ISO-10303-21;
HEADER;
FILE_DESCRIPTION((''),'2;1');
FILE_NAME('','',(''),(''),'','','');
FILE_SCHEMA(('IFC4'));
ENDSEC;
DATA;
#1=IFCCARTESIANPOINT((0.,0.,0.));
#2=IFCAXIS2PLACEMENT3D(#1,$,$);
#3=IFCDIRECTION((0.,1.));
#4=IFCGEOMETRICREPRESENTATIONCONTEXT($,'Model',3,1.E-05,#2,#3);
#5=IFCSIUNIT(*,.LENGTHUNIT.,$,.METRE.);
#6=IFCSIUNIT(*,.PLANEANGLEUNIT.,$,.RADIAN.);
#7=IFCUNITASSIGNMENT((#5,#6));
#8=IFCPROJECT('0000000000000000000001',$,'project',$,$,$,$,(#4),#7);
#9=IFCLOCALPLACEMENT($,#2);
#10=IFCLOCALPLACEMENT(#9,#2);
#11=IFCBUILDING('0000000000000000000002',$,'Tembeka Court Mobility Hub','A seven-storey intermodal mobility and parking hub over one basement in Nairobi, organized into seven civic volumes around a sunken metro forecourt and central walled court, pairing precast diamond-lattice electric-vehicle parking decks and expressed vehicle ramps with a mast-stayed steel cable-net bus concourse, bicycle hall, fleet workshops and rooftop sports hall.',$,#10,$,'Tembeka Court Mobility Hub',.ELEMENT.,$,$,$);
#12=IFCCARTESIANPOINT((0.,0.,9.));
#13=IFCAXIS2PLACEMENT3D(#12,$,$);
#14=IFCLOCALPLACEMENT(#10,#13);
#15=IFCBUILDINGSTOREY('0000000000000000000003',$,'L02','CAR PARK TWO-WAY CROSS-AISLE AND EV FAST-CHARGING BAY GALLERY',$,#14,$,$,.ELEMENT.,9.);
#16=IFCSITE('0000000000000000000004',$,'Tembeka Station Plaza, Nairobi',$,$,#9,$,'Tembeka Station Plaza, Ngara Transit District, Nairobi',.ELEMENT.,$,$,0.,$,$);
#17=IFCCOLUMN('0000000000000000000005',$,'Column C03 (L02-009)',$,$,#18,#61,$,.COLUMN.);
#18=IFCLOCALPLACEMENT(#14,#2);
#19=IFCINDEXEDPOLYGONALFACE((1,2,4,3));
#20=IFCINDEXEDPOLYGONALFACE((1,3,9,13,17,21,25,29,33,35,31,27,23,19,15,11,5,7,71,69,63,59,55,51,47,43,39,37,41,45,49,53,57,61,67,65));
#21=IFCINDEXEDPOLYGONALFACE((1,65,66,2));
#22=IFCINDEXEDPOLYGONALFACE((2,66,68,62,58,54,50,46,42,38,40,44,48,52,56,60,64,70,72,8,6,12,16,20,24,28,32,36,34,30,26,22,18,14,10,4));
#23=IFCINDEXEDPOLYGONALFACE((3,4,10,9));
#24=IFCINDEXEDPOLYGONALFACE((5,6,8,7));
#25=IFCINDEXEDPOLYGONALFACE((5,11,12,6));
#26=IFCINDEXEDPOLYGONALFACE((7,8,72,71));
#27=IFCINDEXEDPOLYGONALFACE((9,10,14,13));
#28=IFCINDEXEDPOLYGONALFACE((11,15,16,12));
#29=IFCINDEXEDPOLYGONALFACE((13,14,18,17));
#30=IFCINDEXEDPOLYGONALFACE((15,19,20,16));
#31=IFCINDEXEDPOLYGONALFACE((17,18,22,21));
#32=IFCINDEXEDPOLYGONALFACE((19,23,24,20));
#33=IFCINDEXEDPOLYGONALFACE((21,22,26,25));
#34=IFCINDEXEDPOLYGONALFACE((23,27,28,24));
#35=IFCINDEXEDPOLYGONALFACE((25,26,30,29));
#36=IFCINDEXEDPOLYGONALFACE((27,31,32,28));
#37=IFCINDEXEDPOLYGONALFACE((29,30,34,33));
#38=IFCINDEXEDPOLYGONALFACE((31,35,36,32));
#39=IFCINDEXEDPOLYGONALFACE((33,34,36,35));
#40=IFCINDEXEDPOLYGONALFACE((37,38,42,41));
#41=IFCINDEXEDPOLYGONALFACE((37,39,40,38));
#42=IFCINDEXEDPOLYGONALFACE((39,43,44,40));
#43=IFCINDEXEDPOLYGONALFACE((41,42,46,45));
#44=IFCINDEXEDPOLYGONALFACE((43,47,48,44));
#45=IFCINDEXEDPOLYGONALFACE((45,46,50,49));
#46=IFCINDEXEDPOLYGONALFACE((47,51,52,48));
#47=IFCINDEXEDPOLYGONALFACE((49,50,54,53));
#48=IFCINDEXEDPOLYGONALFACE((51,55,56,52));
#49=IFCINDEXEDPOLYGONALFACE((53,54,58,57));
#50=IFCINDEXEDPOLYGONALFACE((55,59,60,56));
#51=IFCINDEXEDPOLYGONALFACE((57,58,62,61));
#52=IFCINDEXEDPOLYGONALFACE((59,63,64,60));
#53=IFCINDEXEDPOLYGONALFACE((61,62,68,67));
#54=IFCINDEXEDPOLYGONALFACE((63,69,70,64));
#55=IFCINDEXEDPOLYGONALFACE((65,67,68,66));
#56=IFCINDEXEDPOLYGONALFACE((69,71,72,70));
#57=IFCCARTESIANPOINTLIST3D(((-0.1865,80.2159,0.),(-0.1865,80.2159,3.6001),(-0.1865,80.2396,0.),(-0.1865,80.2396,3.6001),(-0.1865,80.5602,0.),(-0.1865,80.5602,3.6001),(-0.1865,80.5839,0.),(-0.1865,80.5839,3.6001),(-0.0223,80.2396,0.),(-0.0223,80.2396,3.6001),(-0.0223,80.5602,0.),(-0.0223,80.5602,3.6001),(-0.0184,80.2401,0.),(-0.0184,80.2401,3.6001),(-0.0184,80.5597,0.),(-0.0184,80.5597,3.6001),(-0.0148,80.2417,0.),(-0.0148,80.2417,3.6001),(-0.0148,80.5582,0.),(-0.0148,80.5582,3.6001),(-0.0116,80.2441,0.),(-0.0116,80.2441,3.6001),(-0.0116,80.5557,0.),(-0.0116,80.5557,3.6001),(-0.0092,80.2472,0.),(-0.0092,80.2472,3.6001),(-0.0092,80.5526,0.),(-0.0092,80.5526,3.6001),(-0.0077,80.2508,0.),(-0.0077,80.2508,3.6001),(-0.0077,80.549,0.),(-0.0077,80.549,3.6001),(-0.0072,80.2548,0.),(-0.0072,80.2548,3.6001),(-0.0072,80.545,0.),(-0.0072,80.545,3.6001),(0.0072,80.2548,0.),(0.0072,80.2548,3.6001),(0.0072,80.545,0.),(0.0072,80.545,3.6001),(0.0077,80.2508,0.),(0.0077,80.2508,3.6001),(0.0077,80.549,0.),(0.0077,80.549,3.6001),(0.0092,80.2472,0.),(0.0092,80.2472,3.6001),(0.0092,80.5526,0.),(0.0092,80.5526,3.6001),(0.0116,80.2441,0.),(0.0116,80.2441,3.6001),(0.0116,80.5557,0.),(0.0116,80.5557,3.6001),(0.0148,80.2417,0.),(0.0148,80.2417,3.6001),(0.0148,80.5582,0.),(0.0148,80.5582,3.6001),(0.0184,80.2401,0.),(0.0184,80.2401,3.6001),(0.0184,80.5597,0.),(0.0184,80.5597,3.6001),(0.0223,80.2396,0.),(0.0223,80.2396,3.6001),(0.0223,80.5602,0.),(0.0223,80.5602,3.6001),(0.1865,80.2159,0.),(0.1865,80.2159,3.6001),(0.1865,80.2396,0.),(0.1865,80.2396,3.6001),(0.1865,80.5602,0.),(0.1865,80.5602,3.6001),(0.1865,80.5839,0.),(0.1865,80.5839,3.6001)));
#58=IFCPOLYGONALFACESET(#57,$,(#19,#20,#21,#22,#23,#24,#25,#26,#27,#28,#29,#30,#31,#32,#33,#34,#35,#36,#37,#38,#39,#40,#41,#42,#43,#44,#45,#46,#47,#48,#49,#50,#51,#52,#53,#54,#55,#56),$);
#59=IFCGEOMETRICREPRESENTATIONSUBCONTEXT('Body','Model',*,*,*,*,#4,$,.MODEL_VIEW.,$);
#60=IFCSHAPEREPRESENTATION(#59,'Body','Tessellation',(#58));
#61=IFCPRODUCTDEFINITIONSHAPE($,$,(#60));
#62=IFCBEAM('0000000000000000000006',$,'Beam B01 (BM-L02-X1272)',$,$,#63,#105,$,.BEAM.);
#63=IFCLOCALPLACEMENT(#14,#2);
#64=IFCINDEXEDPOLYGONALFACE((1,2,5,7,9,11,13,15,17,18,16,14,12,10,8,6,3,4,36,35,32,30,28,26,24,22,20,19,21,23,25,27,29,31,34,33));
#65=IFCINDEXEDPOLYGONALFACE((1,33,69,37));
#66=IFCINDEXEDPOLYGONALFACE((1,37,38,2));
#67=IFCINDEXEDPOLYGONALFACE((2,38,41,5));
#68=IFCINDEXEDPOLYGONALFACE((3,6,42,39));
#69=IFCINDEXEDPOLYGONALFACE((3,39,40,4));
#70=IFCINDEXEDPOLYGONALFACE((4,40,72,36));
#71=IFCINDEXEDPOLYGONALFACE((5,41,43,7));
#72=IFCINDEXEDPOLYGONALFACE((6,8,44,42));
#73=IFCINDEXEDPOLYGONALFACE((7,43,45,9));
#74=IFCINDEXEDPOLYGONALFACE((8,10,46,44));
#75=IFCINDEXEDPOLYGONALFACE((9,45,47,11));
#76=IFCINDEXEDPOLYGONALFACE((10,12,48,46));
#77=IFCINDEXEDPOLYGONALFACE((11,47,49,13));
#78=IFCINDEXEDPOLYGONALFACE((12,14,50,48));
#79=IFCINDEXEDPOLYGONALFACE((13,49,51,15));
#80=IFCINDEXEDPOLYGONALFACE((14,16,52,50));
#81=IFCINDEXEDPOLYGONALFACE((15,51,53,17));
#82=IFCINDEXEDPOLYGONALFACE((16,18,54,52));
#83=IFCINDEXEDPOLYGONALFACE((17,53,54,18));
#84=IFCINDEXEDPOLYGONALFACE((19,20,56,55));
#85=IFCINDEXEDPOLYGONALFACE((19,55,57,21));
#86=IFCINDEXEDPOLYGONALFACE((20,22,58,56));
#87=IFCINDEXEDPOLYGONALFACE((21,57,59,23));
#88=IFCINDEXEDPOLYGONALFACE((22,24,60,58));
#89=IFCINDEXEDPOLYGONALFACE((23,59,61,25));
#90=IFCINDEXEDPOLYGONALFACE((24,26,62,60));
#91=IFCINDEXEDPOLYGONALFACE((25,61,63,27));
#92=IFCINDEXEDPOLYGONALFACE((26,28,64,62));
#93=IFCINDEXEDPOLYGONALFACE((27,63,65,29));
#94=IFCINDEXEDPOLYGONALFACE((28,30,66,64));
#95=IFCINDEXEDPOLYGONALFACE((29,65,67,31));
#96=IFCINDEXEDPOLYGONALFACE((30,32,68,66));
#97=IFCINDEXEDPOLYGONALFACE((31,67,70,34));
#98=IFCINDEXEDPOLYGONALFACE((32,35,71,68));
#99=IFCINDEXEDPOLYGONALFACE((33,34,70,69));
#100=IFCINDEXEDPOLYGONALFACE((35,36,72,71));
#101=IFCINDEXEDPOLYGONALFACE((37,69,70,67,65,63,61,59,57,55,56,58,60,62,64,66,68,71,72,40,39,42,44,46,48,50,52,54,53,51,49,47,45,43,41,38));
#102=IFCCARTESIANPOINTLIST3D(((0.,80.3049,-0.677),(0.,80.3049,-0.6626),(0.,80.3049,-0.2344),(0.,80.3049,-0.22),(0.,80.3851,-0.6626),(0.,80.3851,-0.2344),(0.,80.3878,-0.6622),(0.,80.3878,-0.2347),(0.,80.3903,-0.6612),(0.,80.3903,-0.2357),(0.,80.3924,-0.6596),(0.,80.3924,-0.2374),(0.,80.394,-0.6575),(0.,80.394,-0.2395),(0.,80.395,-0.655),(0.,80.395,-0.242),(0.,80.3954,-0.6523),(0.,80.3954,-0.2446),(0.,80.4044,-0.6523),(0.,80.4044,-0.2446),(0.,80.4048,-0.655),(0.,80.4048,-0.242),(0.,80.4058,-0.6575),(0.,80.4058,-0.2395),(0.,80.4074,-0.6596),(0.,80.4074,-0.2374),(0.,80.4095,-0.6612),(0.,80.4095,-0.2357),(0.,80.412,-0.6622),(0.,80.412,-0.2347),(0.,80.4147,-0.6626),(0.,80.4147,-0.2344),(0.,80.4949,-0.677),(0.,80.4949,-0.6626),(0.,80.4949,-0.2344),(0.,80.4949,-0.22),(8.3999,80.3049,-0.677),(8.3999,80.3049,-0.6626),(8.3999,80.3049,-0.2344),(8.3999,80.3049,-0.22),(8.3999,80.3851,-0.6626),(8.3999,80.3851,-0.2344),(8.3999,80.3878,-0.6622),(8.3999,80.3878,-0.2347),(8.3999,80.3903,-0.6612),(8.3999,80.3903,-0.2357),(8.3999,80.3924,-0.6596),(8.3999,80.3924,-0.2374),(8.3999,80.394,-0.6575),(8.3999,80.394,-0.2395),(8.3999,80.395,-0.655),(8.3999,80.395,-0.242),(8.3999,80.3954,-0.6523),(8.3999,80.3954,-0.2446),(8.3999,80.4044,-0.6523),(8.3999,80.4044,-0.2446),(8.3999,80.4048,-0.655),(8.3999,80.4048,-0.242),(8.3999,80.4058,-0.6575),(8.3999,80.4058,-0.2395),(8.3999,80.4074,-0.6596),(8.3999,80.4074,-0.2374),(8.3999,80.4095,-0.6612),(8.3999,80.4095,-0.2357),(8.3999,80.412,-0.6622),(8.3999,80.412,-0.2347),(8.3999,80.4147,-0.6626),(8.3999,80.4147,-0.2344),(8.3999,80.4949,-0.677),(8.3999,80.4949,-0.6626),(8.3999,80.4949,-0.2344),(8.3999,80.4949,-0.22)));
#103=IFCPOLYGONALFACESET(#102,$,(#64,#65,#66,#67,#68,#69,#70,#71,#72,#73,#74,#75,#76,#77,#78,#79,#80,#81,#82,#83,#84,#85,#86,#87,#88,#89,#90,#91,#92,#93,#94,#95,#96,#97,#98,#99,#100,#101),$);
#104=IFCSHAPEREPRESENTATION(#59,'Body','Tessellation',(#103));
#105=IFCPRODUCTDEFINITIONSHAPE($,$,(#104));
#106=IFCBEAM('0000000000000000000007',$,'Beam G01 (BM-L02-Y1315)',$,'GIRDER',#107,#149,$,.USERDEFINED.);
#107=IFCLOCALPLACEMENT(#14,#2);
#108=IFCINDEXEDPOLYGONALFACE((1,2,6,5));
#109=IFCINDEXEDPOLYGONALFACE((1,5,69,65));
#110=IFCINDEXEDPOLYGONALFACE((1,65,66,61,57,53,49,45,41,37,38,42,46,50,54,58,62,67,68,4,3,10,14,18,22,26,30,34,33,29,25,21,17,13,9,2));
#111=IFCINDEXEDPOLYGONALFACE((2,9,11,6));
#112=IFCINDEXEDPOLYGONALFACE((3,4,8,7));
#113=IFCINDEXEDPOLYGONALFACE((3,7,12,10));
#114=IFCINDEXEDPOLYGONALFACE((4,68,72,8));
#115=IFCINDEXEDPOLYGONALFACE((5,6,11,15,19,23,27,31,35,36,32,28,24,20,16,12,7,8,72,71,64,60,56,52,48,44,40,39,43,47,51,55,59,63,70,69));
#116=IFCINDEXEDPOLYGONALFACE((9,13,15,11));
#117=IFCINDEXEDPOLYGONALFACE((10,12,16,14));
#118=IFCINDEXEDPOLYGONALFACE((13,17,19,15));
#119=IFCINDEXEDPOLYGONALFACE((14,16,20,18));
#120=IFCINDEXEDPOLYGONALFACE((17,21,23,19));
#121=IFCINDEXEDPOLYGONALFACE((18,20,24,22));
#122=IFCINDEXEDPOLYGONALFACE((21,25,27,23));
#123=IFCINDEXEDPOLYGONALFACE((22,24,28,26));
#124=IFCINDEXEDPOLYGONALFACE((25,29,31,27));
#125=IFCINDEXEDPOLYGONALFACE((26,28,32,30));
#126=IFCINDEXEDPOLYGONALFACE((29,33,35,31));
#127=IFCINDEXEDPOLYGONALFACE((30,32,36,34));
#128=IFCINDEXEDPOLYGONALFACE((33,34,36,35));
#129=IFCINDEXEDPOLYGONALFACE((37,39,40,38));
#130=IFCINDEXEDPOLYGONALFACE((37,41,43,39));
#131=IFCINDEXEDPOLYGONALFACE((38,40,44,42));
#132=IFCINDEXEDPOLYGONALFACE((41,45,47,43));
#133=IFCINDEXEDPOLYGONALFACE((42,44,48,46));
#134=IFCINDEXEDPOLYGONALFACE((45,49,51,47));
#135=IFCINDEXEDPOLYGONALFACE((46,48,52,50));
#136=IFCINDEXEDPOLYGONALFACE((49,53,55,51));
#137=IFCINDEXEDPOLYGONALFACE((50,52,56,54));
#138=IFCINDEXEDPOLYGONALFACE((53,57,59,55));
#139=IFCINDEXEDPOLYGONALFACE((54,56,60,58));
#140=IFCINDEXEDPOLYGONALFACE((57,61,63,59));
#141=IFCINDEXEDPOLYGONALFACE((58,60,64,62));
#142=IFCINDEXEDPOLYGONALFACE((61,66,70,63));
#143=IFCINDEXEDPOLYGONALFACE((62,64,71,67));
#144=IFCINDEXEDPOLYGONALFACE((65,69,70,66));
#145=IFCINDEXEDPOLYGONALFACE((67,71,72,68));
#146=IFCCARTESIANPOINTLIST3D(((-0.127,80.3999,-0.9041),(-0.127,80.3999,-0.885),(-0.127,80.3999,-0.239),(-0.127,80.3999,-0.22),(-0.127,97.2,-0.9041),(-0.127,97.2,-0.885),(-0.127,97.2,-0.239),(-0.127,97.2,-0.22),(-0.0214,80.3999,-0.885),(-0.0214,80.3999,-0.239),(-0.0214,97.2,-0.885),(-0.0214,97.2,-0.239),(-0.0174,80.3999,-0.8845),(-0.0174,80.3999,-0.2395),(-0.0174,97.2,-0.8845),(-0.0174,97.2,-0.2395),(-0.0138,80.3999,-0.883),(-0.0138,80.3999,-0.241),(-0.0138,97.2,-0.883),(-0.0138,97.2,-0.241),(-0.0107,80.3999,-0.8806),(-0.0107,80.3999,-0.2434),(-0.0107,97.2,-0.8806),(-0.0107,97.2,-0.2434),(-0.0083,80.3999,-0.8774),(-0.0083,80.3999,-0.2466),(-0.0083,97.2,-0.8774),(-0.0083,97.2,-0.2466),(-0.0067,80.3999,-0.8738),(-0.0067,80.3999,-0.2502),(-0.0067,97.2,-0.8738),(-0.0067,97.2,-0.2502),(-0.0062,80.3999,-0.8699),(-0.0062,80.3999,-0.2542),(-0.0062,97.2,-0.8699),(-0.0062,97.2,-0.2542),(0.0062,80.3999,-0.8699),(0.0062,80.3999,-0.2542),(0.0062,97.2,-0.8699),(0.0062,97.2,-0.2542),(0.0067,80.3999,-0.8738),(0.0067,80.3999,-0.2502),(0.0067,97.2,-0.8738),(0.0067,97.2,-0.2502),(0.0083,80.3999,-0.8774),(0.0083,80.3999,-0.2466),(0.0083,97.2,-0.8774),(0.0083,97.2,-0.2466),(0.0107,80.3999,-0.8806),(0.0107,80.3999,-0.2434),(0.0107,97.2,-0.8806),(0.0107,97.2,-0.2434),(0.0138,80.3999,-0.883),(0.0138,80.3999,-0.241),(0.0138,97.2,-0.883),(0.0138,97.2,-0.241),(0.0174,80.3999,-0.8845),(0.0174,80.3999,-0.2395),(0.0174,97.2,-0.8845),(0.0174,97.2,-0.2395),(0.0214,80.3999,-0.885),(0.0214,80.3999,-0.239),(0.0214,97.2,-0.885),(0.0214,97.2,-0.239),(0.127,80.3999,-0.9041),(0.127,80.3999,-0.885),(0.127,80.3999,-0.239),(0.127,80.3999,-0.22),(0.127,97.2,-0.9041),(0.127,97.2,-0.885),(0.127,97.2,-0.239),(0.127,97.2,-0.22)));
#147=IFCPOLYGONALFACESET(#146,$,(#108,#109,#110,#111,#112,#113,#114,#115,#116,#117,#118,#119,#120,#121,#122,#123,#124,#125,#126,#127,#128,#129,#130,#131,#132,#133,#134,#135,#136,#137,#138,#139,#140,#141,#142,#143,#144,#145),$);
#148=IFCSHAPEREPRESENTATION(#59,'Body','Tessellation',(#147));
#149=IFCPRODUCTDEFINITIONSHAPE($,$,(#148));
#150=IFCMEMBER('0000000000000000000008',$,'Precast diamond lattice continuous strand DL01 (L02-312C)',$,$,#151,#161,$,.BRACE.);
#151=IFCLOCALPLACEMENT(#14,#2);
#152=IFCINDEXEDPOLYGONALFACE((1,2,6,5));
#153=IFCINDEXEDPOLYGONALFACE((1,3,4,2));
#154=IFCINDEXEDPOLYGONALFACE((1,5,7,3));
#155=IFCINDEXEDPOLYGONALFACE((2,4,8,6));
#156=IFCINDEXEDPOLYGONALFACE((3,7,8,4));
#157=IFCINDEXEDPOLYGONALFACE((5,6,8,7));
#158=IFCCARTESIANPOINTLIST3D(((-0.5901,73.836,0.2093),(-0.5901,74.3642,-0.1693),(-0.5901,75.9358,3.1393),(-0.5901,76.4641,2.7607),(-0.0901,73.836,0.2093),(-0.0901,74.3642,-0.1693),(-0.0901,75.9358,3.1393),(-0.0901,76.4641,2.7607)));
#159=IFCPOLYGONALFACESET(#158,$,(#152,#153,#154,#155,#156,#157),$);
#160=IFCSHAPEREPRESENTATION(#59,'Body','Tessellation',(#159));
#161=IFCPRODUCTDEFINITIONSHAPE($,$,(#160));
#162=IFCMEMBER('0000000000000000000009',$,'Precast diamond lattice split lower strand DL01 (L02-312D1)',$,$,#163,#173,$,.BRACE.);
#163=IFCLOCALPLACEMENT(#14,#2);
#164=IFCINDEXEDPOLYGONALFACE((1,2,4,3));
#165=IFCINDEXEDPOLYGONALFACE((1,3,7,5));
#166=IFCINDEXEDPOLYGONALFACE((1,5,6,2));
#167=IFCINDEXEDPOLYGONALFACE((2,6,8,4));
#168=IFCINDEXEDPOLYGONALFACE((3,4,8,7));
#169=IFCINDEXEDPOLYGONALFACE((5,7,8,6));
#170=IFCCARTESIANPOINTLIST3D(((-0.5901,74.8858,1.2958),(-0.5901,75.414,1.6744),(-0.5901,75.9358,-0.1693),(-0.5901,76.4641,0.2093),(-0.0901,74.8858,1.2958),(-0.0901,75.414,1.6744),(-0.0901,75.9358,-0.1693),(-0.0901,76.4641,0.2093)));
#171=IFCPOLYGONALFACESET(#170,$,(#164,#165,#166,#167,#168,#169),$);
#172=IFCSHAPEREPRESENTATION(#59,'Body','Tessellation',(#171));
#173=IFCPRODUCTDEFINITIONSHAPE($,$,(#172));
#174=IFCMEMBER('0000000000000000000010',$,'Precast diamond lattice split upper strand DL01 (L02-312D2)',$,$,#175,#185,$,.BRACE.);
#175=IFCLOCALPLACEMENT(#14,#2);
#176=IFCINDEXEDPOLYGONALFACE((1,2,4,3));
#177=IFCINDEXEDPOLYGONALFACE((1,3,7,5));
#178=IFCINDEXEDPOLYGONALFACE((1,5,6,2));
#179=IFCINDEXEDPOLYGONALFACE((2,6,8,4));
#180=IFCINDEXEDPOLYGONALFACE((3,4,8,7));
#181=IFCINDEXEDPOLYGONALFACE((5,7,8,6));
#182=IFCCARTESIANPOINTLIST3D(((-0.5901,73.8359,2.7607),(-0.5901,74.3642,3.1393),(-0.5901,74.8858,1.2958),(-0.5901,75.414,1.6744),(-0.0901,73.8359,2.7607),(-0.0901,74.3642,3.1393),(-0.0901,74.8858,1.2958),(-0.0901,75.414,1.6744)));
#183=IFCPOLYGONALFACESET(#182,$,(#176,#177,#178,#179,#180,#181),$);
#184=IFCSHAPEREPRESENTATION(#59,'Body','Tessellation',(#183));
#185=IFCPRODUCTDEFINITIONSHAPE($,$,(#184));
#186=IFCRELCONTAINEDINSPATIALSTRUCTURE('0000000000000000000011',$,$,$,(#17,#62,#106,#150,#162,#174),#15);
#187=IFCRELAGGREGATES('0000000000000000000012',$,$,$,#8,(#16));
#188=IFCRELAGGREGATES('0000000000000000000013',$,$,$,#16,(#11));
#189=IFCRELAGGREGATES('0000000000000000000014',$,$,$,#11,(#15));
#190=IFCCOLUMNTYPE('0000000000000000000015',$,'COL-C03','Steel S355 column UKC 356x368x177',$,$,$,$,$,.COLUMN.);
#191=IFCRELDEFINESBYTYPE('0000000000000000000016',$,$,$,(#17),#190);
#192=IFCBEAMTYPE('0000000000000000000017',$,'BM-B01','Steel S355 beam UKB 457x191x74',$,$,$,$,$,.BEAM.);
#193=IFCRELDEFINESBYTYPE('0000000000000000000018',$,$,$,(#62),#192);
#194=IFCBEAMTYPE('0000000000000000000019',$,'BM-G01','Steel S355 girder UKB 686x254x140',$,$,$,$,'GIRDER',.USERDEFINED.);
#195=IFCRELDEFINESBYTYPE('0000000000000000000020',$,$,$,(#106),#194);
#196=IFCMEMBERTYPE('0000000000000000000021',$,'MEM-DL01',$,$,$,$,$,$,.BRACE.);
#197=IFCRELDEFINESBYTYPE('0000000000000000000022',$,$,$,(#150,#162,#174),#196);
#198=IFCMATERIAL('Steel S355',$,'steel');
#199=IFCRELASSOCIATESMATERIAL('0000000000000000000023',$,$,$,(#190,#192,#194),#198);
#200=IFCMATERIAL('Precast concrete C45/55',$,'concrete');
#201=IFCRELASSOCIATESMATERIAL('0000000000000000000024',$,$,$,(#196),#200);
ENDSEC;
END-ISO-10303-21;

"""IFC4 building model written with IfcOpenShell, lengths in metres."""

from ifc_helpers import new_model, si_unit, direction, frame, origin, origin_2d, place, context, subcontext, project, spatial, rectangle, i_section, extrude, material, material_profile, profile_set, type_object, element, save


model = new_model("IFC4")

# Units and contexts
model_context = context("Model", 3, precision=1e-05, world=origin(), true_north=direction((0.0, 1.0)))
body_context = subcontext(model_context, "Body", "Model", "MODEL_VIEW")
ifc_project = project(units=[si_unit("LENGTHUNIT", "METRE"), si_unit("PLANEANGLEUNIT", "RADIAN")], contexts=[model_context])

# Site, building, storey
site_placement = place(None, origin())
site = spatial("IfcSite", under=ifc_project, at=site_placement, Name="Tembeka Station Plaza, Nairobi", LongName="Tembeka Station Plaza, Ngara Transit District, Nairobi", CompositionType="ELEMENT", RefElevation=0.0)
building_placement = place(site_placement, origin())
building = spatial("IfcBuilding", under=site, at=building_placement, Name="Tembeka Court Mobility Hub", Description="A seven-storey intermodal mobility and parking hub over one basement in Nairobi, organized into seven civic volumes around a sunken metro forecourt and central walled court, pairing precast diamond-lattice electric-vehicle parking decks and expressed vehicle ramps with a mast-stayed steel cable-net bus concourse, bicycle hall, fleet workshops and rooftop sports hall.", LongName="Tembeka Court Mobility Hub", CompositionType="ELEMENT")
storey_placement = place(building_placement, frame((0.0, 0.0, 9.0)))
storey = spatial("IfcBuildingStorey", under=building, at=storey_placement, Name="L02", Description="CAR PARK TWO-WAY CROSS-AISLE AND EV FAST-CHARGING BAY GALLERY", CompositionType="ELEMENT", Elevation=9.0)

# Column
ifc_material_1 = material(Name="Steel S355", Category="steel")
ifc_material_profile_1 = material_profile(ifc_material_1, i_section(OverallWidth=0.373, OverallDepth=0.3679, WebThickness=0.0144, FlangeThickness=0.0237, FilletRadius=0.0151, at=origin_2d()), Name="UKC 356x368x177")
ifc_profile_set_1 = profile_set([ifc_material_profile_1], Name="Steel S355")
column_type = type_object("IfcColumnType", Name="COL-C03", Description="Steel S355 column UKC 356x368x177", PredefinedType="COLUMN", material=ifc_profile_set_1)
column_placement = place(storey_placement, frame((0.0, 80.3999, 0.0), z_axis=(0.0, 0.0, 1.0), x_axis=(1.0, 0.0, 0.0)))
element("IfcColumn", 1, at=column_placement, inside=storey, type_object=column_type, Name="Column C03 (L02-009)", PredefinedType="COLUMN", context=body_context, shape_type="SweptSolid", body=[
    extrude(i_section(OverallWidth=0.373, OverallDepth=0.3679, WebThickness=0.0144, FlangeThickness=0.0237, FilletRadius=0.0151, at=origin_2d()), origin(), (0.0, 0.0, 1.0), 3.6001),
])

# Beams
ifc_material_profile_2 = material_profile(ifc_material_1, i_section(OverallWidth=0.1899, OverallDepth=0.457, WebThickness=0.009, FlangeThickness=0.0144, FilletRadius=0.0103, at=origin_2d()), Name="UKB 457x191x74")
ifc_profile_set_2 = profile_set([ifc_material_profile_2], Name="Steel S355")
beam_type_1 = type_object("IfcBeamType", Name="BM-B01", Description="Steel S355 beam UKB 457x191x74", PredefinedType="BEAM", material=ifc_profile_set_2)
beam_1_placement = place(storey_placement, frame((0.0, 80.3999, -0.4485), z_axis=(1.0, 0.0, 0.0), x_axis=(0.0, 1.0, 0.0)))
element("IfcBeam", 2, at=beam_1_placement, inside=storey, type_object=beam_type_1, Name="Beam B01 (BM-L02-X1272)", PredefinedType="BEAM", context=body_context, shape_type="SweptSolid", body=[
    extrude(i_section(OverallWidth=0.1899, OverallDepth=0.457, WebThickness=0.009, FlangeThickness=0.0144, FilletRadius=0.0103, at=origin_2d()), origin(), (0.0, 0.0, 1.0), 8.3999),
])
ifc_material_profile_3 = material_profile(ifc_material_1, i_section(OverallWidth=0.2539, OverallDepth=0.6841, WebThickness=0.0125, FlangeThickness=0.019, FilletRadius=0.0151, at=origin_2d()), Name="UKB 686x254x140")
ifc_profile_set_3 = profile_set([ifc_material_profile_3], Name="Steel S355")
beam_type_2 = type_object("IfcBeamType", Name="BM-G01", Description="Steel S355 girder UKB 686x254x140", ElementType="GIRDER", PredefinedType="USERDEFINED", material=ifc_profile_set_3)
beam_2_placement = place(storey_placement, frame((0.0, 80.3999, -0.562), z_axis=(0.0, 1.0, 0.0), x_axis=(-1.0, 0.0, 0.0)))
element("IfcBeam", 3, at=beam_2_placement, inside=storey, type_object=beam_type_2, Name="Beam G01 (BM-L02-Y1315)", ObjectType="GIRDER", PredefinedType="USERDEFINED", context=body_context, shape_type="SweptSolid", body=[
    extrude(i_section(OverallWidth=0.2539, OverallDepth=0.6841, WebThickness=0.0125, FlangeThickness=0.019, FilletRadius=0.0151, at=origin_2d()), origin(), (0.0, 0.0, 1.0), 16.8),
])

# Members
ifc_material_2 = material(Name="Precast concrete C45/55", Category="concrete")
ifc_material_profile_4 = material_profile(ifc_material_2, rectangle(XDim=0.5, YDim=0.6499, at=origin_2d()), Name="PC-DIAG 500x650")
ifc_profile_set_4 = profile_set([ifc_material_profile_4], Name="Precast concrete C45/55")
member_type_1 = type_object("IfcMemberType", Name="MEM-DL01", PredefinedType="BRACE", material=ifc_profile_set_4)
member_1_placement = place(storey_placement, frame((-0.3401, 74.1001, 0.02), z_axis=(0.0, 0.582532, 0.812808), x_axis=(-1.0, 0.0, 0.0)))
element("IfcMember", 4, at=member_1_placement, inside=storey, type_object=member_type_1, Name="Precast diamond lattice continuous strand DL01 (L02-312C)", PredefinedType="BRACE", context=body_context, shape_type="SweptSolid", body=[
    extrude(rectangle(XDim=0.5, YDim=0.6499, at=origin_2d()), origin(), (0.0, 0.0, 1.0), 3.6047),
])
member_2_placement = place(storey_placement, frame((-0.3401, 76.2, 0.02), z_axis=(0.0, -0.582544, 0.812799), x_axis=(1.0, 0.0, 0.0)))
element("IfcMember", 5, at=member_2_placement, inside=storey, type_object=member_type_1, Name="Precast diamond lattice split lower strand DL01 (L02-312D1)", PredefinedType="BRACE", context=body_context, shape_type="SweptSolid", body=[
    extrude(rectangle(XDim=0.5, YDim=0.6499, at=origin_2d()), origin(), (0.0, 0.0, 1.0), 1.8025),
])
member_3_placement = place(storey_placement, frame((-0.3401, 75.1499, 1.4851), z_axis=(0.0, -0.582519, 0.812817), x_axis=(1.0, 0.0, 0.0)))
element("IfcMember", 6, at=member_3_placement, inside=storey, type_object=member_type_1, Name="Precast diamond lattice split upper strand DL01 (L02-312D2)", PredefinedType="BRACE", context=body_context, shape_type="SweptSolid", body=[
    extrude(rectangle(XDim=0.5, YDim=0.6499, at=origin_2d()), origin(), (0.0, 0.0, 1.0), 1.8022),
])

save(model, "model.ifc")
